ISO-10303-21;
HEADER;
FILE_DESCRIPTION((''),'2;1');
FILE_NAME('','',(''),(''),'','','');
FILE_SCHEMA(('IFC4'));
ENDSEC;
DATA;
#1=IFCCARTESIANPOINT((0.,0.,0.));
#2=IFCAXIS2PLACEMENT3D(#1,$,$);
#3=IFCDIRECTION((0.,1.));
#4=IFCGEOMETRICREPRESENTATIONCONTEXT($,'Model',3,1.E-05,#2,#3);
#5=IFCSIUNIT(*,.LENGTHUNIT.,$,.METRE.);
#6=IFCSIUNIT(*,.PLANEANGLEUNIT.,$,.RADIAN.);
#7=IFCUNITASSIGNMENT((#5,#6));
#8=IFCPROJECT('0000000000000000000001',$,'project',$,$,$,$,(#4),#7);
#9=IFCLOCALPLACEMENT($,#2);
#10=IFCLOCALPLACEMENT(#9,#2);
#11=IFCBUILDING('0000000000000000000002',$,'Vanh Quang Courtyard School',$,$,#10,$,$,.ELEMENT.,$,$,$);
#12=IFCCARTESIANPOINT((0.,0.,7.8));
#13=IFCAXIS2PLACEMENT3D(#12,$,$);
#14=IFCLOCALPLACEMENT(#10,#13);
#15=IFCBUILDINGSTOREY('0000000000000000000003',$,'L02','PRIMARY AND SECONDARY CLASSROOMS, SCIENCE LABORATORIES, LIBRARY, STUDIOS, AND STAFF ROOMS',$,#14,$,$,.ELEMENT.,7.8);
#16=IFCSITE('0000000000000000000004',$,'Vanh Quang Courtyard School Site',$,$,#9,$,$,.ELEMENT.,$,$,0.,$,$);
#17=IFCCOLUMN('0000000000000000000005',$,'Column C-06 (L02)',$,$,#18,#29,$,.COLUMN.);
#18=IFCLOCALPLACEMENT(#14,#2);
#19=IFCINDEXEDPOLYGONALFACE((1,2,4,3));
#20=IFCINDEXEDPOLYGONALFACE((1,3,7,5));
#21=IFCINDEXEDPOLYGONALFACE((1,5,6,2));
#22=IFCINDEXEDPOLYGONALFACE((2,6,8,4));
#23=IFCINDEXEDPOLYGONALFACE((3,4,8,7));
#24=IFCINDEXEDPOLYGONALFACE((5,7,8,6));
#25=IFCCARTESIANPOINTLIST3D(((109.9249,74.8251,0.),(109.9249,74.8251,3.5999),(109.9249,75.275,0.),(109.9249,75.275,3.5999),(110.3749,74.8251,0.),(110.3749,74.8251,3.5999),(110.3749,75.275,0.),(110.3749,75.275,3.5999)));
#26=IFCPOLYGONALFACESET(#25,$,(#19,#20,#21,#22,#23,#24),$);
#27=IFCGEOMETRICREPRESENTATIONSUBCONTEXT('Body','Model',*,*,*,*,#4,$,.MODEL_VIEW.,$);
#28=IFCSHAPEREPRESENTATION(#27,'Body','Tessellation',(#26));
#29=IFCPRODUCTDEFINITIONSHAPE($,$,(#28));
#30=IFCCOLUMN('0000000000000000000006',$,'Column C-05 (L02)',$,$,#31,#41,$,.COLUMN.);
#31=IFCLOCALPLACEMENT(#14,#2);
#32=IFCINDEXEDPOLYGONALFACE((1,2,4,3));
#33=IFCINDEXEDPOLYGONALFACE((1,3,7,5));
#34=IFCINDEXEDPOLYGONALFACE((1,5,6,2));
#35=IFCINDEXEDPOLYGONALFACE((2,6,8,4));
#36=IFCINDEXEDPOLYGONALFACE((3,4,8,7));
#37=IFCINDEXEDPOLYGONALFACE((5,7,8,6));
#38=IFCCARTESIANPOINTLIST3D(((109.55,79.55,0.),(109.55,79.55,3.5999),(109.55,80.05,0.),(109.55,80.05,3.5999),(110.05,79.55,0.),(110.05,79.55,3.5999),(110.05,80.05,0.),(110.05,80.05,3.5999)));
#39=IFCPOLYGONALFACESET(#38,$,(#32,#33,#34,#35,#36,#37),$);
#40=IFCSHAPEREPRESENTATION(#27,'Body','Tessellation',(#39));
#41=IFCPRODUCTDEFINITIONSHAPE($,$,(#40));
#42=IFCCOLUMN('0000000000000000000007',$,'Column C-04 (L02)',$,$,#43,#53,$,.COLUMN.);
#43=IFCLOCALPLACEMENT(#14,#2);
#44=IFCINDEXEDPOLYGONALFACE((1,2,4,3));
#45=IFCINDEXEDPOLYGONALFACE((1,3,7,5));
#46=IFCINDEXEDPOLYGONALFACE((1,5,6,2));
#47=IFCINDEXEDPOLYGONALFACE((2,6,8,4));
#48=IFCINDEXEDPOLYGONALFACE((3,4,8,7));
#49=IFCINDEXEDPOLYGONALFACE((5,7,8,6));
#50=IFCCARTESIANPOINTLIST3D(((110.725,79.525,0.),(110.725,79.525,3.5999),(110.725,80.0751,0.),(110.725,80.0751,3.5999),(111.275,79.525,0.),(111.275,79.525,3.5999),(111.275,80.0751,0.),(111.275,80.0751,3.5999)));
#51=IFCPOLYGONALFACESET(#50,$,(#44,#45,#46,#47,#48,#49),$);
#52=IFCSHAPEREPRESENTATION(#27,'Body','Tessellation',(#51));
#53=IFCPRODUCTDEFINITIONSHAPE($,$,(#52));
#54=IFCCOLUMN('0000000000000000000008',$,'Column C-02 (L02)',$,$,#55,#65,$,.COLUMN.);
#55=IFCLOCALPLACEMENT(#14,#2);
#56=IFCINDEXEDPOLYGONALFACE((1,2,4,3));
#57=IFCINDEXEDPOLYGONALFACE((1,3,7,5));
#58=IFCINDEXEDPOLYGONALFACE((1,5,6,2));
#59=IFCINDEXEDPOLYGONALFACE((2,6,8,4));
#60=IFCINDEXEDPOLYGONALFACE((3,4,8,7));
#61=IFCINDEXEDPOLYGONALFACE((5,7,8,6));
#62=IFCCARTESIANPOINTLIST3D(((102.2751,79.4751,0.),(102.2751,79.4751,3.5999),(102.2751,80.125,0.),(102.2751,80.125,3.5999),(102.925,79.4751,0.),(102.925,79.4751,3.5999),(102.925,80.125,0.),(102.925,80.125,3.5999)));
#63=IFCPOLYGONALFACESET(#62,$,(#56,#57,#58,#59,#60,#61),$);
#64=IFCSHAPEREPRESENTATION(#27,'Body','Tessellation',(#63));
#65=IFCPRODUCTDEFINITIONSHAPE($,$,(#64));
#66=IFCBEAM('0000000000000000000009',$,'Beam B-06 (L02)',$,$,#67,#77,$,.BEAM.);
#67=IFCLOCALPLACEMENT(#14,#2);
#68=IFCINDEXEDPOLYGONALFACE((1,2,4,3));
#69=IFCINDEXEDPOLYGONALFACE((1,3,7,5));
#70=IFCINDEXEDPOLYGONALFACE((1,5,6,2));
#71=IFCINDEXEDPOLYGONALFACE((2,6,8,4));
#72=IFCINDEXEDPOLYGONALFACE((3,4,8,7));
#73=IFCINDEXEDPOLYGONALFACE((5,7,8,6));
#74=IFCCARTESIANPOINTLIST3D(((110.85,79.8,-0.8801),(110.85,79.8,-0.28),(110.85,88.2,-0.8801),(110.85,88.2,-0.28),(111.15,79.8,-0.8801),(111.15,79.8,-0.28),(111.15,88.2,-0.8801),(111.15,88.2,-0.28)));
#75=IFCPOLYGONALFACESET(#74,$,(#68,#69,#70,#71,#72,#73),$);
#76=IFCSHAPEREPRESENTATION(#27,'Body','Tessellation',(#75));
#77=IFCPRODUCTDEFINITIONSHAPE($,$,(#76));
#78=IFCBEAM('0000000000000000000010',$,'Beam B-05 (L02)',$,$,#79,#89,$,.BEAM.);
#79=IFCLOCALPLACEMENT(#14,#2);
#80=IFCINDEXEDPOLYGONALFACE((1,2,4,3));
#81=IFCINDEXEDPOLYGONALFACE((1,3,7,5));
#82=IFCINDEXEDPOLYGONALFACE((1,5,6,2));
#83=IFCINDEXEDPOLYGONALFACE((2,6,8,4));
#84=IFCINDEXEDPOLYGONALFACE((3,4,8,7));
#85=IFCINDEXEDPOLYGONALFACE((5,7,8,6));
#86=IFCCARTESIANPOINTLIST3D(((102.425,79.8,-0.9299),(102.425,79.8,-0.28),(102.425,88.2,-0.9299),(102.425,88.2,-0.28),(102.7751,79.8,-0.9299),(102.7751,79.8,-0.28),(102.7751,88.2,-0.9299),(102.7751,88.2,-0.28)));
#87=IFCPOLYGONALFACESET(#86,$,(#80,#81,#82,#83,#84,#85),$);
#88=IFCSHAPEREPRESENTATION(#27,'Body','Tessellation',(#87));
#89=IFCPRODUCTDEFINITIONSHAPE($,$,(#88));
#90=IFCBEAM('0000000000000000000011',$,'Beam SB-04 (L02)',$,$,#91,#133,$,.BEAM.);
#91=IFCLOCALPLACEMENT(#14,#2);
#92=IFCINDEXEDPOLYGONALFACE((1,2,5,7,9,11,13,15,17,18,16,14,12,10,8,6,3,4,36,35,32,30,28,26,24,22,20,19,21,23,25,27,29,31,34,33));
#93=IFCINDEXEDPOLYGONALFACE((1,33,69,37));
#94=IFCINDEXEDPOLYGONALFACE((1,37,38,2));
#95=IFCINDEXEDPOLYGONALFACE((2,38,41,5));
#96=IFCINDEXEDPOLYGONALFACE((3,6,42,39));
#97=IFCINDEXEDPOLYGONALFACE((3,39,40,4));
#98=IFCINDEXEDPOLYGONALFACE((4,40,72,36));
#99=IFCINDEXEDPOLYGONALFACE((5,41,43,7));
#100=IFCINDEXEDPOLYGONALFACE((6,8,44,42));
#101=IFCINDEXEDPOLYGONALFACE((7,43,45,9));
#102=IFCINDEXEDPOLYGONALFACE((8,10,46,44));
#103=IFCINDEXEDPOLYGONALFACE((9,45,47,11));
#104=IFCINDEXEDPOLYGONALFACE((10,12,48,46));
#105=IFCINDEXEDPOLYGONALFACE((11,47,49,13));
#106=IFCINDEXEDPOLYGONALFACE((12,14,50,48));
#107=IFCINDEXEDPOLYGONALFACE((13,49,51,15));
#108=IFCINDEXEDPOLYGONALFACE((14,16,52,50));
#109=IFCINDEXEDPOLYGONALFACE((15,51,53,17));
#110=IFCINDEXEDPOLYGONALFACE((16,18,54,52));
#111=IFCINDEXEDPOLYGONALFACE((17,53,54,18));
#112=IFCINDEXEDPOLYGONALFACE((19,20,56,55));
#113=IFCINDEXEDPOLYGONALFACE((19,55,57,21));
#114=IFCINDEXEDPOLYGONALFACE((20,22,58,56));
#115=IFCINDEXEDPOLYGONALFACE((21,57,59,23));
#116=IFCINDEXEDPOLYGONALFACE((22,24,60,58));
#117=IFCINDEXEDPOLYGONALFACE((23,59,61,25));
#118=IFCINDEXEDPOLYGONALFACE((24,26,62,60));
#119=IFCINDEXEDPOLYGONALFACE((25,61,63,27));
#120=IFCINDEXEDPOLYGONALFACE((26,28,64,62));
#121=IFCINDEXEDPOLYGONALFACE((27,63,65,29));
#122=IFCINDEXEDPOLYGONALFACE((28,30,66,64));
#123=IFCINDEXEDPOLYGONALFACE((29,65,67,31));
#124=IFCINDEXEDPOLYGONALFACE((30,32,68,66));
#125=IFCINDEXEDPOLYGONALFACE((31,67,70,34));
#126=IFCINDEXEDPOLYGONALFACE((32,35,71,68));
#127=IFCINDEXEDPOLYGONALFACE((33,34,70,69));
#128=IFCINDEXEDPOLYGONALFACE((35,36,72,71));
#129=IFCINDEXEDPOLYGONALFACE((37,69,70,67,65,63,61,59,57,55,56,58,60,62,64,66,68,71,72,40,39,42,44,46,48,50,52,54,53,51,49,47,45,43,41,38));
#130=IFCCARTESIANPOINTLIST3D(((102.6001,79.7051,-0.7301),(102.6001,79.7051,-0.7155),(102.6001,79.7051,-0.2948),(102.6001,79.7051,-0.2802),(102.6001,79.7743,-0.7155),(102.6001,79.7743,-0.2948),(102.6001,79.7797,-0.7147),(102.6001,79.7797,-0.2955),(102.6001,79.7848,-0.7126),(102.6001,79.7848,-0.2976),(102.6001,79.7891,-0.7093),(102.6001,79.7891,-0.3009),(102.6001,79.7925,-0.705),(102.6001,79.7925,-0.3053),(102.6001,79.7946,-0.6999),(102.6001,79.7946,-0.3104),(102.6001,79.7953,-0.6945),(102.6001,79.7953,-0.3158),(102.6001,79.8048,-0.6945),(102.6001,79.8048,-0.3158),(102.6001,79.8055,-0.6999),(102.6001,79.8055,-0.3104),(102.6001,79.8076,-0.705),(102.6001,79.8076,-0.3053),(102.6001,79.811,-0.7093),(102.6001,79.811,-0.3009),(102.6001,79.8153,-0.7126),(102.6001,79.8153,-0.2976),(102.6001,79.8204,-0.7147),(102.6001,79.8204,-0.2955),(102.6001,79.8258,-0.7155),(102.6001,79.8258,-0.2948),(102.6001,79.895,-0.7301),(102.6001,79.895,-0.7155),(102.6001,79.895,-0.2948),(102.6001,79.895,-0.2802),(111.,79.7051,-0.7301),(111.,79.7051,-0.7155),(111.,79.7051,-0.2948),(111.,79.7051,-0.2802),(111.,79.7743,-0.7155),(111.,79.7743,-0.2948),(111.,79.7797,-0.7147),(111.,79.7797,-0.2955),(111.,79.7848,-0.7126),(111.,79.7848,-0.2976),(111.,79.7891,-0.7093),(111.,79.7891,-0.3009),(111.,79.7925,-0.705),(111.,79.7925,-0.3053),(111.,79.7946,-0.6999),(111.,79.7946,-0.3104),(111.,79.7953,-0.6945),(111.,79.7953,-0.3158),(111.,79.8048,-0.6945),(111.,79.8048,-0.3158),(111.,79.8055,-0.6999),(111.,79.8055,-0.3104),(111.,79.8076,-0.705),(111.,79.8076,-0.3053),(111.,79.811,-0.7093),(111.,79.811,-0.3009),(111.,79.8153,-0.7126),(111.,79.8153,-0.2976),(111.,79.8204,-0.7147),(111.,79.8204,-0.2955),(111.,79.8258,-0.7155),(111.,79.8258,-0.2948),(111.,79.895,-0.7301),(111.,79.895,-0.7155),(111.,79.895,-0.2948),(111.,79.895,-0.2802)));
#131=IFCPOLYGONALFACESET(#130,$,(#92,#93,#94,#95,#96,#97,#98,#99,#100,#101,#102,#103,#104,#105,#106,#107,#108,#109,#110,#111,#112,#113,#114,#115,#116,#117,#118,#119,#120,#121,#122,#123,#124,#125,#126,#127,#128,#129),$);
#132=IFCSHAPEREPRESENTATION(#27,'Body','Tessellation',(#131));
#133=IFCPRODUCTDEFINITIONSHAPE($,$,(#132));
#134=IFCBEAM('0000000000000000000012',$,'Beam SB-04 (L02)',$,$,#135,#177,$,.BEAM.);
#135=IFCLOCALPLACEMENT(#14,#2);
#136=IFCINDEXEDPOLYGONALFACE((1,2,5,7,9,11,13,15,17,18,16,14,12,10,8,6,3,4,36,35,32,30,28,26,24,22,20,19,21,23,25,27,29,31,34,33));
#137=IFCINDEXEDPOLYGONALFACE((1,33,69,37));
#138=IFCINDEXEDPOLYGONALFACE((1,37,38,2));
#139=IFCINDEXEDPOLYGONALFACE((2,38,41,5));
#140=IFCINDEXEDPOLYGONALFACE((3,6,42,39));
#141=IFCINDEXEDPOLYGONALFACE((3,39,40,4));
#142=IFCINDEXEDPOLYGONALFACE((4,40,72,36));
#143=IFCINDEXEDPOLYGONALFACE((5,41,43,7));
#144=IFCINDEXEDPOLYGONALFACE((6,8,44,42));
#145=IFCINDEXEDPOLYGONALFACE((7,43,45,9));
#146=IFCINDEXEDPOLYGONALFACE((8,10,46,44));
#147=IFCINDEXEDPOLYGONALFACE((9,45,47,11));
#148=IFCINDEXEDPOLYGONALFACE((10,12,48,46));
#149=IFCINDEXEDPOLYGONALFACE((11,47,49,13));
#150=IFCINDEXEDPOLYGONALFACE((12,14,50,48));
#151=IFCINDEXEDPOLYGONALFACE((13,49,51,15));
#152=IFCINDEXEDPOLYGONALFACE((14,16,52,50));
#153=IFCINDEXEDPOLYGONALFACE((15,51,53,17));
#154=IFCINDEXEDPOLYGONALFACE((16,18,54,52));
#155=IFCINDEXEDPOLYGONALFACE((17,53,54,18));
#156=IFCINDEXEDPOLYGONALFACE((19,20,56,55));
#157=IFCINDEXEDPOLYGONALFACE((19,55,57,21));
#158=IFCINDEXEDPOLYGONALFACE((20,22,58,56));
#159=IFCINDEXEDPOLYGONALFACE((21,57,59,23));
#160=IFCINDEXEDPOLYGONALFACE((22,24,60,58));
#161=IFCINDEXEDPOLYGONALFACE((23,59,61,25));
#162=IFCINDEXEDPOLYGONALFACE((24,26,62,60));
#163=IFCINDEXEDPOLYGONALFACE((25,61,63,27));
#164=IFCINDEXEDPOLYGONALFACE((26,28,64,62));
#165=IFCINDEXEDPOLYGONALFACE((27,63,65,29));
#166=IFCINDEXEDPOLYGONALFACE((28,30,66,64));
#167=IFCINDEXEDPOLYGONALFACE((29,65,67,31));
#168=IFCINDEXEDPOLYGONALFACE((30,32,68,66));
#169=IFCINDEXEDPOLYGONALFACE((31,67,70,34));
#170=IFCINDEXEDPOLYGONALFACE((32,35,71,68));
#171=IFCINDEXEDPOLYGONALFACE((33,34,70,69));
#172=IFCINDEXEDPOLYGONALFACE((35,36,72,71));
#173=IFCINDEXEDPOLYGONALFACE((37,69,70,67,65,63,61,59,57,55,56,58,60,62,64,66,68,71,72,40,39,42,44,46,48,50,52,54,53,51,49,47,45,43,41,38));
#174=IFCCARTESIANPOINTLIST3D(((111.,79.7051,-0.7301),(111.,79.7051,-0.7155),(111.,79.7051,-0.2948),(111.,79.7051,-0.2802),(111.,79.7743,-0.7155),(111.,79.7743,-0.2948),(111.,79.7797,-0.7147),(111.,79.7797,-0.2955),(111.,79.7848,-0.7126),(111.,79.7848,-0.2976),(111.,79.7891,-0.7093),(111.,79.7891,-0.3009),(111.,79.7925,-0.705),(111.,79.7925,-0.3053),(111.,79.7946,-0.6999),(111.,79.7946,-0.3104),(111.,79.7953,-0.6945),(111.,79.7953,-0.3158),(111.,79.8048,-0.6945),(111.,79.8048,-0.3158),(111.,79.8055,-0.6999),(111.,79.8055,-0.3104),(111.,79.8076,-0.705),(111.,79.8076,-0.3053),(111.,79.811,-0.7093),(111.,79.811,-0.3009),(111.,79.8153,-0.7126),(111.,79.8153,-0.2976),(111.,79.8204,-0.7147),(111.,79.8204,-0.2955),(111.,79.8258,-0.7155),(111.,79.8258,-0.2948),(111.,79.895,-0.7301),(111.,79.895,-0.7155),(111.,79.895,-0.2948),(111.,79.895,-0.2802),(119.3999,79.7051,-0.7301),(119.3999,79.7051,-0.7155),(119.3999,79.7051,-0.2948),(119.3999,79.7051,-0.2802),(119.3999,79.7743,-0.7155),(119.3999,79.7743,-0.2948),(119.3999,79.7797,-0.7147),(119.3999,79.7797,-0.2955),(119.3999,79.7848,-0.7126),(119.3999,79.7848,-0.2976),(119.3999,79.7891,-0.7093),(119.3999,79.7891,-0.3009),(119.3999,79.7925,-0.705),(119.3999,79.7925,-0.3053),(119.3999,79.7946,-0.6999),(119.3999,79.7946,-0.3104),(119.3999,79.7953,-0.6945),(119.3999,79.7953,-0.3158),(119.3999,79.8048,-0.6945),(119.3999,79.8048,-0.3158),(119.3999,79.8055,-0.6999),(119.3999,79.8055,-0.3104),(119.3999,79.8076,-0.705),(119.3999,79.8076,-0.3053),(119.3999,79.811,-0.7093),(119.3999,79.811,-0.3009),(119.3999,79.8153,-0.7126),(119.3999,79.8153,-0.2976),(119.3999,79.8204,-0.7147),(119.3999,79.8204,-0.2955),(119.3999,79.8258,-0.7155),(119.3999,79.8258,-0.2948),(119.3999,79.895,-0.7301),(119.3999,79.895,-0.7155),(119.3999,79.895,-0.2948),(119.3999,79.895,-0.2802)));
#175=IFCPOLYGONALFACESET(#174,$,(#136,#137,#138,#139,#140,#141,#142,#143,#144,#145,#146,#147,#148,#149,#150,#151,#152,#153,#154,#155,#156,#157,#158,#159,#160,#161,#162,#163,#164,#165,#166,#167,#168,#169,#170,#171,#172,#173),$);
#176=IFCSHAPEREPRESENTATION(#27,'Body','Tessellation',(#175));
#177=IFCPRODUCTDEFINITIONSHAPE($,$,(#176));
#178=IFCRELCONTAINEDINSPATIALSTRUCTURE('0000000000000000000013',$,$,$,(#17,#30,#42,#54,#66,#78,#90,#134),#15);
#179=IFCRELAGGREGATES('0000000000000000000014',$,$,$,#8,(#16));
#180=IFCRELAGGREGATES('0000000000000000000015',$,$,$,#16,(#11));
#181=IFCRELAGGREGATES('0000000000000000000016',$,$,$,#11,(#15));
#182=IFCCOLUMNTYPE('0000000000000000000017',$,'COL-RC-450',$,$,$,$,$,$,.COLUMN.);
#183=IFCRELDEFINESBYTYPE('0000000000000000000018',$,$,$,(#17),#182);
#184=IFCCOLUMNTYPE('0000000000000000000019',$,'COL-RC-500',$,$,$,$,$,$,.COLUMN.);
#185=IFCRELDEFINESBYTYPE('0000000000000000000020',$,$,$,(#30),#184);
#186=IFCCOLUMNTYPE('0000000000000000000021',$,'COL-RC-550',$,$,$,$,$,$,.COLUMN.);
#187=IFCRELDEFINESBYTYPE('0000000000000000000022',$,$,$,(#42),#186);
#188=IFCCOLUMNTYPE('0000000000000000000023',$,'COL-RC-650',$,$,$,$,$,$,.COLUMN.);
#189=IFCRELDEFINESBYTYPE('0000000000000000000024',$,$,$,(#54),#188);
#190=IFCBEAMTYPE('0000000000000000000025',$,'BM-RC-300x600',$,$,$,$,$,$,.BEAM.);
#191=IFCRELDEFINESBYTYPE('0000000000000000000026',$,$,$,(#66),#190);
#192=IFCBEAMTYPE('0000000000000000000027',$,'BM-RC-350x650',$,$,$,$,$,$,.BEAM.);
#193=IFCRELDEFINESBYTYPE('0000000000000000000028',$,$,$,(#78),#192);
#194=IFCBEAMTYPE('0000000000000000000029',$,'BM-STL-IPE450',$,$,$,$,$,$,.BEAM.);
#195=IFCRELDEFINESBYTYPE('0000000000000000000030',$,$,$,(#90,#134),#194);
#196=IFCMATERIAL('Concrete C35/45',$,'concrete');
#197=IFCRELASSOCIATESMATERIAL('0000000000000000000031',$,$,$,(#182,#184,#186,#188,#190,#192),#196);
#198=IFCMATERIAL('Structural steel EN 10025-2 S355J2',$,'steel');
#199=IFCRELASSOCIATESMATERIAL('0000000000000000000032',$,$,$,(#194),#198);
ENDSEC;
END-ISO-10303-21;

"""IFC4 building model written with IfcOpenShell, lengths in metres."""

from ifc_helpers import new_model, si_unit, direction, frame, origin, origin_2d, place, context, subcontext, project, spatial, rectangle, i_section, extrude, material, material_profile, profile_set, type_object, element, save


model = new_model("IFC4")

# Units and contexts
model_context = context("Model", 3, precision=1e-05, world=origin(), true_north=direction((0.0, 1.0)))
body_context = subcontext(model_context, "Body", "Model", "MODEL_VIEW")
ifc_project = project(units=[si_unit("LENGTHUNIT", "METRE"), si_unit("PLANEANGLEUNIT", "RADIAN")], contexts=[model_context])

# Site, building, storey
site_placement = place(None, origin())
site = spatial("IfcSite", under=ifc_project, at=site_placement, Name="Vanh Quang Courtyard School Site", CompositionType="ELEMENT", RefElevation=0.0)
building_placement = place(site_placement, origin())
building = spatial("IfcBuilding", under=site, at=building_placement, Name="Vanh Quang Courtyard School", CompositionType="ELEMENT")
storey_placement = place(building_placement, frame((0.0, 0.0, 7.8)))
storey = spatial("IfcBuildingStorey", under=building, at=storey_placement, Name="L02", Description="PRIMARY AND SECONDARY CLASSROOMS, SCIENCE LABORATORIES, LIBRARY, STUDIOS, AND STAFF ROOMS", CompositionType="ELEMENT", Elevation=7.8)

# Columns
ifc_material_1 = material(Name="Concrete C35/45", Category="concrete")
ifc_material_profile_1 = material_profile(ifc_material_1, rectangle(XDim=0.45, YDim=0.45, at=origin_2d()), Name="RC-COL 450x450")
ifc_profile_set_1 = profile_set([ifc_material_profile_1], Name="Concrete C35/45")
column_type_1 = type_object("IfcColumnType", Name="COL-RC-450", PredefinedType="COLUMN", material=ifc_profile_set_1)
column_1_placement = place(storey_placement, frame((110.1499, 75.05, 0.0), z_axis=(0.0, 0.0, 1.0), x_axis=(1.0, 0.0, 0.0)))
element("IfcColumn", 1, at=column_1_placement, inside=storey, type_object=column_type_1, Name="Column C-06 (L02)", PredefinedType="COLUMN", context=body_context, shape_type="SweptSolid", body=[
    extrude(rectangle(XDim=0.45, YDim=0.45, at=origin_2d()), origin(), (0.0, 0.0, 1.0), 3.5999),
])
ifc_material_profile_2 = material_profile(ifc_material_1, rectangle(XDim=0.5, YDim=0.5, at=origin_2d()), Name="RC-COL 500x500")
ifc_profile_set_2 = profile_set([ifc_material_profile_2], Name="Concrete C35/45")
column_type_2 = type_object("IfcColumnType", Name="COL-RC-500", PredefinedType="COLUMN", material=ifc_profile_set_2)
column_2_placement = place(storey_placement, frame((109.8, 79.8, 0.0), z_axis=(0.0, 0.0, 1.0), x_axis=(1.0, 0.0, 0.0)))
element("IfcColumn", 2, at=column_2_placement, inside=storey, type_object=column_type_2, Name="Column C-05 (L02)", PredefinedType="COLUMN", context=body_context, shape_type="SweptSolid", body=[
    extrude(rectangle(XDim=0.5, YDim=0.5, at=origin_2d()), origin(), (0.0, 0.0, 1.0), 3.5999),
])
ifc_material_profile_3 = material_profile(ifc_material_1, rectangle(XDim=0.55, YDim=0.55, at=origin_2d()), Name="RC-COL 550x550")
ifc_profile_set_3 = profile_set([ifc_material_profile_3], Name="Concrete C35/45")
column_type_3 = type_object("IfcColumnType", Name="COL-RC-550", PredefinedType="COLUMN", material=ifc_profile_set_3)
column_3_placement = place(storey_placement, frame((111.0, 79.8, 0.0), z_axis=(0.0, 0.0, 1.0), x_axis=(1.0, 0.0, 0.0)))
element("IfcColumn", 3, at=column_3_placement, inside=storey, type_object=column_type_3, Name="Column C-04 (L02)", PredefinedType="COLUMN", context=body_context, shape_type="SweptSolid", body=[
    extrude(rectangle(XDim=0.55, YDim=0.55, at=origin_2d()), origin(), (0.0, 0.0, 1.0), 3.5999),
])
ifc_material_profile_4 = material_profile(ifc_material_1, rectangle(XDim=0.6499, YDim=0.6499, at=origin_2d()), Name="RC-COL 650x650")
ifc_profile_set_4 = profile_set([ifc_material_profile_4], Name="Concrete C35/45")
column_type_4 = type_object("IfcColumnType", Name="COL-RC-650", PredefinedType="COLUMN", material=ifc_profile_set_4)
column_4_placement = place(storey_placement, frame((102.6001, 79.8, 0.0), z_axis=(0.0, 0.0, 1.0), x_axis=(1.0, 0.0, 0.0)))
element("IfcColumn", 4, at=column_4_placement, inside=storey, type_object=column_type_4, Name="Column C-02 (L02)", PredefinedType="COLUMN", context=body_context, shape_type="SweptSolid", body=[
    extrude(rectangle(XDim=0.6499, YDim=0.6499, at=origin_2d()), origin(), (0.0, 0.0, 1.0), 3.5999),
])

# Beams
ifc_material_profile_5 = material_profile(ifc_material_1, rectangle(XDim=0.3, YDim=0.6001, at=origin_2d()), Name="RC-BM 300x600")
ifc_profile_set_5 = profile_set([ifc_material_profile_5], Name="Concrete C35/45")
beam_type_1 = type_object("IfcBeamType", Name="BM-RC-300x600", PredefinedType="BEAM", material=ifc_profile_set_5)
beam_1_placement = place(storey_placement, frame((111.0, 79.8, -0.5801), z_axis=(0.0, 1.0, 0.0), x_axis=(-1.0, 0.0, 0.0)))
element("IfcBeam", 5, at=beam_1_placement, inside=storey, type_object=beam_type_1, Name="Beam B-06 (L02)", PredefinedType="BEAM", context=body_context, shape_type="SweptSolid", body=[
    extrude(rectangle(XDim=0.3, YDim=0.6001, at=origin_2d()), origin(), (0.0, 0.0, 1.0), 8.3999),
])
ifc_material_profile_6 = material_profile(ifc_material_1, rectangle(XDim=0.3501, YDim=0.6499, at=origin_2d()), Name="RC-BM 350x650")
ifc_profile_set_6 = profile_set([ifc_material_profile_6], Name="Concrete C35/45")
beam_type_2 = type_object("IfcBeamType", Name="BM-RC-350x650", PredefinedType="BEAM", material=ifc_profile_set_6)
beam_2_placement = place(storey_placement, frame((102.6001, 79.8, -0.605), z_axis=(0.0, 1.0, 0.0), x_axis=(-1.0, 0.0, 0.0)))
element("IfcBeam", 6, at=beam_2_placement, inside=storey, type_object=beam_type_2, Name="Beam B-05 (L02)", PredefinedType="BEAM", context=body_context, shape_type="SweptSolid", body=[
    extrude(rectangle(XDim=0.3501, YDim=0.6499, at=origin_2d()), origin(), (0.0, 0.0, 1.0), 8.3999),
])
ifc_material_2 = material(Name="Structural steel EN 10025-2 S355J2", Category="steel")
ifc_material_profile_7 = material_profile(ifc_material_2, i_section(OverallWidth=0.1899, OverallDepth=0.45, WebThickness=0.0095, FlangeThickness=0.0146, FilletRadius=0.021, at=origin_2d()), Name="IPE 450")
ifc_profile_set_7 = profile_set([ifc_material_profile_7], Name="Structural steel EN 10025-2 S355J2")
beam_type_3 = type_object("IfcBeamType", Name="BM-STL-IPE450", PredefinedType="BEAM", material=ifc_profile_set_7)
for number, where, z_axis, x_axis, name in (
    (7, (102.6001, 79.8, -0.5051), (1.0, 0.0, 0.0), (0.0, 1.0, 0.0), "Beam SB-04 (L02)"),
    (8, (111.0, 79.8, -0.5051), (1.0, 0.0, 0.0), (0.0, 1.0, 0.0), "Beam SB-04 (L02)"),
):
    element("IfcBeam", number, at=place(storey_placement, frame(where, z_axis=z_axis, x_axis=x_axis)), inside=storey, type_object=beam_type_3, Name=name, PredefinedType="BEAM", context=body_context, shape_type="SweptSolid", body=[
        extrude(i_section(OverallWidth=0.1899, OverallDepth=0.45, WebThickness=0.0095, FlangeThickness=0.0146, FilletRadius=0.021, at=origin_2d()), origin(), (0.0, 0.0, 1.0), 8.3999),
    ])

save(model, "model.ifc")
